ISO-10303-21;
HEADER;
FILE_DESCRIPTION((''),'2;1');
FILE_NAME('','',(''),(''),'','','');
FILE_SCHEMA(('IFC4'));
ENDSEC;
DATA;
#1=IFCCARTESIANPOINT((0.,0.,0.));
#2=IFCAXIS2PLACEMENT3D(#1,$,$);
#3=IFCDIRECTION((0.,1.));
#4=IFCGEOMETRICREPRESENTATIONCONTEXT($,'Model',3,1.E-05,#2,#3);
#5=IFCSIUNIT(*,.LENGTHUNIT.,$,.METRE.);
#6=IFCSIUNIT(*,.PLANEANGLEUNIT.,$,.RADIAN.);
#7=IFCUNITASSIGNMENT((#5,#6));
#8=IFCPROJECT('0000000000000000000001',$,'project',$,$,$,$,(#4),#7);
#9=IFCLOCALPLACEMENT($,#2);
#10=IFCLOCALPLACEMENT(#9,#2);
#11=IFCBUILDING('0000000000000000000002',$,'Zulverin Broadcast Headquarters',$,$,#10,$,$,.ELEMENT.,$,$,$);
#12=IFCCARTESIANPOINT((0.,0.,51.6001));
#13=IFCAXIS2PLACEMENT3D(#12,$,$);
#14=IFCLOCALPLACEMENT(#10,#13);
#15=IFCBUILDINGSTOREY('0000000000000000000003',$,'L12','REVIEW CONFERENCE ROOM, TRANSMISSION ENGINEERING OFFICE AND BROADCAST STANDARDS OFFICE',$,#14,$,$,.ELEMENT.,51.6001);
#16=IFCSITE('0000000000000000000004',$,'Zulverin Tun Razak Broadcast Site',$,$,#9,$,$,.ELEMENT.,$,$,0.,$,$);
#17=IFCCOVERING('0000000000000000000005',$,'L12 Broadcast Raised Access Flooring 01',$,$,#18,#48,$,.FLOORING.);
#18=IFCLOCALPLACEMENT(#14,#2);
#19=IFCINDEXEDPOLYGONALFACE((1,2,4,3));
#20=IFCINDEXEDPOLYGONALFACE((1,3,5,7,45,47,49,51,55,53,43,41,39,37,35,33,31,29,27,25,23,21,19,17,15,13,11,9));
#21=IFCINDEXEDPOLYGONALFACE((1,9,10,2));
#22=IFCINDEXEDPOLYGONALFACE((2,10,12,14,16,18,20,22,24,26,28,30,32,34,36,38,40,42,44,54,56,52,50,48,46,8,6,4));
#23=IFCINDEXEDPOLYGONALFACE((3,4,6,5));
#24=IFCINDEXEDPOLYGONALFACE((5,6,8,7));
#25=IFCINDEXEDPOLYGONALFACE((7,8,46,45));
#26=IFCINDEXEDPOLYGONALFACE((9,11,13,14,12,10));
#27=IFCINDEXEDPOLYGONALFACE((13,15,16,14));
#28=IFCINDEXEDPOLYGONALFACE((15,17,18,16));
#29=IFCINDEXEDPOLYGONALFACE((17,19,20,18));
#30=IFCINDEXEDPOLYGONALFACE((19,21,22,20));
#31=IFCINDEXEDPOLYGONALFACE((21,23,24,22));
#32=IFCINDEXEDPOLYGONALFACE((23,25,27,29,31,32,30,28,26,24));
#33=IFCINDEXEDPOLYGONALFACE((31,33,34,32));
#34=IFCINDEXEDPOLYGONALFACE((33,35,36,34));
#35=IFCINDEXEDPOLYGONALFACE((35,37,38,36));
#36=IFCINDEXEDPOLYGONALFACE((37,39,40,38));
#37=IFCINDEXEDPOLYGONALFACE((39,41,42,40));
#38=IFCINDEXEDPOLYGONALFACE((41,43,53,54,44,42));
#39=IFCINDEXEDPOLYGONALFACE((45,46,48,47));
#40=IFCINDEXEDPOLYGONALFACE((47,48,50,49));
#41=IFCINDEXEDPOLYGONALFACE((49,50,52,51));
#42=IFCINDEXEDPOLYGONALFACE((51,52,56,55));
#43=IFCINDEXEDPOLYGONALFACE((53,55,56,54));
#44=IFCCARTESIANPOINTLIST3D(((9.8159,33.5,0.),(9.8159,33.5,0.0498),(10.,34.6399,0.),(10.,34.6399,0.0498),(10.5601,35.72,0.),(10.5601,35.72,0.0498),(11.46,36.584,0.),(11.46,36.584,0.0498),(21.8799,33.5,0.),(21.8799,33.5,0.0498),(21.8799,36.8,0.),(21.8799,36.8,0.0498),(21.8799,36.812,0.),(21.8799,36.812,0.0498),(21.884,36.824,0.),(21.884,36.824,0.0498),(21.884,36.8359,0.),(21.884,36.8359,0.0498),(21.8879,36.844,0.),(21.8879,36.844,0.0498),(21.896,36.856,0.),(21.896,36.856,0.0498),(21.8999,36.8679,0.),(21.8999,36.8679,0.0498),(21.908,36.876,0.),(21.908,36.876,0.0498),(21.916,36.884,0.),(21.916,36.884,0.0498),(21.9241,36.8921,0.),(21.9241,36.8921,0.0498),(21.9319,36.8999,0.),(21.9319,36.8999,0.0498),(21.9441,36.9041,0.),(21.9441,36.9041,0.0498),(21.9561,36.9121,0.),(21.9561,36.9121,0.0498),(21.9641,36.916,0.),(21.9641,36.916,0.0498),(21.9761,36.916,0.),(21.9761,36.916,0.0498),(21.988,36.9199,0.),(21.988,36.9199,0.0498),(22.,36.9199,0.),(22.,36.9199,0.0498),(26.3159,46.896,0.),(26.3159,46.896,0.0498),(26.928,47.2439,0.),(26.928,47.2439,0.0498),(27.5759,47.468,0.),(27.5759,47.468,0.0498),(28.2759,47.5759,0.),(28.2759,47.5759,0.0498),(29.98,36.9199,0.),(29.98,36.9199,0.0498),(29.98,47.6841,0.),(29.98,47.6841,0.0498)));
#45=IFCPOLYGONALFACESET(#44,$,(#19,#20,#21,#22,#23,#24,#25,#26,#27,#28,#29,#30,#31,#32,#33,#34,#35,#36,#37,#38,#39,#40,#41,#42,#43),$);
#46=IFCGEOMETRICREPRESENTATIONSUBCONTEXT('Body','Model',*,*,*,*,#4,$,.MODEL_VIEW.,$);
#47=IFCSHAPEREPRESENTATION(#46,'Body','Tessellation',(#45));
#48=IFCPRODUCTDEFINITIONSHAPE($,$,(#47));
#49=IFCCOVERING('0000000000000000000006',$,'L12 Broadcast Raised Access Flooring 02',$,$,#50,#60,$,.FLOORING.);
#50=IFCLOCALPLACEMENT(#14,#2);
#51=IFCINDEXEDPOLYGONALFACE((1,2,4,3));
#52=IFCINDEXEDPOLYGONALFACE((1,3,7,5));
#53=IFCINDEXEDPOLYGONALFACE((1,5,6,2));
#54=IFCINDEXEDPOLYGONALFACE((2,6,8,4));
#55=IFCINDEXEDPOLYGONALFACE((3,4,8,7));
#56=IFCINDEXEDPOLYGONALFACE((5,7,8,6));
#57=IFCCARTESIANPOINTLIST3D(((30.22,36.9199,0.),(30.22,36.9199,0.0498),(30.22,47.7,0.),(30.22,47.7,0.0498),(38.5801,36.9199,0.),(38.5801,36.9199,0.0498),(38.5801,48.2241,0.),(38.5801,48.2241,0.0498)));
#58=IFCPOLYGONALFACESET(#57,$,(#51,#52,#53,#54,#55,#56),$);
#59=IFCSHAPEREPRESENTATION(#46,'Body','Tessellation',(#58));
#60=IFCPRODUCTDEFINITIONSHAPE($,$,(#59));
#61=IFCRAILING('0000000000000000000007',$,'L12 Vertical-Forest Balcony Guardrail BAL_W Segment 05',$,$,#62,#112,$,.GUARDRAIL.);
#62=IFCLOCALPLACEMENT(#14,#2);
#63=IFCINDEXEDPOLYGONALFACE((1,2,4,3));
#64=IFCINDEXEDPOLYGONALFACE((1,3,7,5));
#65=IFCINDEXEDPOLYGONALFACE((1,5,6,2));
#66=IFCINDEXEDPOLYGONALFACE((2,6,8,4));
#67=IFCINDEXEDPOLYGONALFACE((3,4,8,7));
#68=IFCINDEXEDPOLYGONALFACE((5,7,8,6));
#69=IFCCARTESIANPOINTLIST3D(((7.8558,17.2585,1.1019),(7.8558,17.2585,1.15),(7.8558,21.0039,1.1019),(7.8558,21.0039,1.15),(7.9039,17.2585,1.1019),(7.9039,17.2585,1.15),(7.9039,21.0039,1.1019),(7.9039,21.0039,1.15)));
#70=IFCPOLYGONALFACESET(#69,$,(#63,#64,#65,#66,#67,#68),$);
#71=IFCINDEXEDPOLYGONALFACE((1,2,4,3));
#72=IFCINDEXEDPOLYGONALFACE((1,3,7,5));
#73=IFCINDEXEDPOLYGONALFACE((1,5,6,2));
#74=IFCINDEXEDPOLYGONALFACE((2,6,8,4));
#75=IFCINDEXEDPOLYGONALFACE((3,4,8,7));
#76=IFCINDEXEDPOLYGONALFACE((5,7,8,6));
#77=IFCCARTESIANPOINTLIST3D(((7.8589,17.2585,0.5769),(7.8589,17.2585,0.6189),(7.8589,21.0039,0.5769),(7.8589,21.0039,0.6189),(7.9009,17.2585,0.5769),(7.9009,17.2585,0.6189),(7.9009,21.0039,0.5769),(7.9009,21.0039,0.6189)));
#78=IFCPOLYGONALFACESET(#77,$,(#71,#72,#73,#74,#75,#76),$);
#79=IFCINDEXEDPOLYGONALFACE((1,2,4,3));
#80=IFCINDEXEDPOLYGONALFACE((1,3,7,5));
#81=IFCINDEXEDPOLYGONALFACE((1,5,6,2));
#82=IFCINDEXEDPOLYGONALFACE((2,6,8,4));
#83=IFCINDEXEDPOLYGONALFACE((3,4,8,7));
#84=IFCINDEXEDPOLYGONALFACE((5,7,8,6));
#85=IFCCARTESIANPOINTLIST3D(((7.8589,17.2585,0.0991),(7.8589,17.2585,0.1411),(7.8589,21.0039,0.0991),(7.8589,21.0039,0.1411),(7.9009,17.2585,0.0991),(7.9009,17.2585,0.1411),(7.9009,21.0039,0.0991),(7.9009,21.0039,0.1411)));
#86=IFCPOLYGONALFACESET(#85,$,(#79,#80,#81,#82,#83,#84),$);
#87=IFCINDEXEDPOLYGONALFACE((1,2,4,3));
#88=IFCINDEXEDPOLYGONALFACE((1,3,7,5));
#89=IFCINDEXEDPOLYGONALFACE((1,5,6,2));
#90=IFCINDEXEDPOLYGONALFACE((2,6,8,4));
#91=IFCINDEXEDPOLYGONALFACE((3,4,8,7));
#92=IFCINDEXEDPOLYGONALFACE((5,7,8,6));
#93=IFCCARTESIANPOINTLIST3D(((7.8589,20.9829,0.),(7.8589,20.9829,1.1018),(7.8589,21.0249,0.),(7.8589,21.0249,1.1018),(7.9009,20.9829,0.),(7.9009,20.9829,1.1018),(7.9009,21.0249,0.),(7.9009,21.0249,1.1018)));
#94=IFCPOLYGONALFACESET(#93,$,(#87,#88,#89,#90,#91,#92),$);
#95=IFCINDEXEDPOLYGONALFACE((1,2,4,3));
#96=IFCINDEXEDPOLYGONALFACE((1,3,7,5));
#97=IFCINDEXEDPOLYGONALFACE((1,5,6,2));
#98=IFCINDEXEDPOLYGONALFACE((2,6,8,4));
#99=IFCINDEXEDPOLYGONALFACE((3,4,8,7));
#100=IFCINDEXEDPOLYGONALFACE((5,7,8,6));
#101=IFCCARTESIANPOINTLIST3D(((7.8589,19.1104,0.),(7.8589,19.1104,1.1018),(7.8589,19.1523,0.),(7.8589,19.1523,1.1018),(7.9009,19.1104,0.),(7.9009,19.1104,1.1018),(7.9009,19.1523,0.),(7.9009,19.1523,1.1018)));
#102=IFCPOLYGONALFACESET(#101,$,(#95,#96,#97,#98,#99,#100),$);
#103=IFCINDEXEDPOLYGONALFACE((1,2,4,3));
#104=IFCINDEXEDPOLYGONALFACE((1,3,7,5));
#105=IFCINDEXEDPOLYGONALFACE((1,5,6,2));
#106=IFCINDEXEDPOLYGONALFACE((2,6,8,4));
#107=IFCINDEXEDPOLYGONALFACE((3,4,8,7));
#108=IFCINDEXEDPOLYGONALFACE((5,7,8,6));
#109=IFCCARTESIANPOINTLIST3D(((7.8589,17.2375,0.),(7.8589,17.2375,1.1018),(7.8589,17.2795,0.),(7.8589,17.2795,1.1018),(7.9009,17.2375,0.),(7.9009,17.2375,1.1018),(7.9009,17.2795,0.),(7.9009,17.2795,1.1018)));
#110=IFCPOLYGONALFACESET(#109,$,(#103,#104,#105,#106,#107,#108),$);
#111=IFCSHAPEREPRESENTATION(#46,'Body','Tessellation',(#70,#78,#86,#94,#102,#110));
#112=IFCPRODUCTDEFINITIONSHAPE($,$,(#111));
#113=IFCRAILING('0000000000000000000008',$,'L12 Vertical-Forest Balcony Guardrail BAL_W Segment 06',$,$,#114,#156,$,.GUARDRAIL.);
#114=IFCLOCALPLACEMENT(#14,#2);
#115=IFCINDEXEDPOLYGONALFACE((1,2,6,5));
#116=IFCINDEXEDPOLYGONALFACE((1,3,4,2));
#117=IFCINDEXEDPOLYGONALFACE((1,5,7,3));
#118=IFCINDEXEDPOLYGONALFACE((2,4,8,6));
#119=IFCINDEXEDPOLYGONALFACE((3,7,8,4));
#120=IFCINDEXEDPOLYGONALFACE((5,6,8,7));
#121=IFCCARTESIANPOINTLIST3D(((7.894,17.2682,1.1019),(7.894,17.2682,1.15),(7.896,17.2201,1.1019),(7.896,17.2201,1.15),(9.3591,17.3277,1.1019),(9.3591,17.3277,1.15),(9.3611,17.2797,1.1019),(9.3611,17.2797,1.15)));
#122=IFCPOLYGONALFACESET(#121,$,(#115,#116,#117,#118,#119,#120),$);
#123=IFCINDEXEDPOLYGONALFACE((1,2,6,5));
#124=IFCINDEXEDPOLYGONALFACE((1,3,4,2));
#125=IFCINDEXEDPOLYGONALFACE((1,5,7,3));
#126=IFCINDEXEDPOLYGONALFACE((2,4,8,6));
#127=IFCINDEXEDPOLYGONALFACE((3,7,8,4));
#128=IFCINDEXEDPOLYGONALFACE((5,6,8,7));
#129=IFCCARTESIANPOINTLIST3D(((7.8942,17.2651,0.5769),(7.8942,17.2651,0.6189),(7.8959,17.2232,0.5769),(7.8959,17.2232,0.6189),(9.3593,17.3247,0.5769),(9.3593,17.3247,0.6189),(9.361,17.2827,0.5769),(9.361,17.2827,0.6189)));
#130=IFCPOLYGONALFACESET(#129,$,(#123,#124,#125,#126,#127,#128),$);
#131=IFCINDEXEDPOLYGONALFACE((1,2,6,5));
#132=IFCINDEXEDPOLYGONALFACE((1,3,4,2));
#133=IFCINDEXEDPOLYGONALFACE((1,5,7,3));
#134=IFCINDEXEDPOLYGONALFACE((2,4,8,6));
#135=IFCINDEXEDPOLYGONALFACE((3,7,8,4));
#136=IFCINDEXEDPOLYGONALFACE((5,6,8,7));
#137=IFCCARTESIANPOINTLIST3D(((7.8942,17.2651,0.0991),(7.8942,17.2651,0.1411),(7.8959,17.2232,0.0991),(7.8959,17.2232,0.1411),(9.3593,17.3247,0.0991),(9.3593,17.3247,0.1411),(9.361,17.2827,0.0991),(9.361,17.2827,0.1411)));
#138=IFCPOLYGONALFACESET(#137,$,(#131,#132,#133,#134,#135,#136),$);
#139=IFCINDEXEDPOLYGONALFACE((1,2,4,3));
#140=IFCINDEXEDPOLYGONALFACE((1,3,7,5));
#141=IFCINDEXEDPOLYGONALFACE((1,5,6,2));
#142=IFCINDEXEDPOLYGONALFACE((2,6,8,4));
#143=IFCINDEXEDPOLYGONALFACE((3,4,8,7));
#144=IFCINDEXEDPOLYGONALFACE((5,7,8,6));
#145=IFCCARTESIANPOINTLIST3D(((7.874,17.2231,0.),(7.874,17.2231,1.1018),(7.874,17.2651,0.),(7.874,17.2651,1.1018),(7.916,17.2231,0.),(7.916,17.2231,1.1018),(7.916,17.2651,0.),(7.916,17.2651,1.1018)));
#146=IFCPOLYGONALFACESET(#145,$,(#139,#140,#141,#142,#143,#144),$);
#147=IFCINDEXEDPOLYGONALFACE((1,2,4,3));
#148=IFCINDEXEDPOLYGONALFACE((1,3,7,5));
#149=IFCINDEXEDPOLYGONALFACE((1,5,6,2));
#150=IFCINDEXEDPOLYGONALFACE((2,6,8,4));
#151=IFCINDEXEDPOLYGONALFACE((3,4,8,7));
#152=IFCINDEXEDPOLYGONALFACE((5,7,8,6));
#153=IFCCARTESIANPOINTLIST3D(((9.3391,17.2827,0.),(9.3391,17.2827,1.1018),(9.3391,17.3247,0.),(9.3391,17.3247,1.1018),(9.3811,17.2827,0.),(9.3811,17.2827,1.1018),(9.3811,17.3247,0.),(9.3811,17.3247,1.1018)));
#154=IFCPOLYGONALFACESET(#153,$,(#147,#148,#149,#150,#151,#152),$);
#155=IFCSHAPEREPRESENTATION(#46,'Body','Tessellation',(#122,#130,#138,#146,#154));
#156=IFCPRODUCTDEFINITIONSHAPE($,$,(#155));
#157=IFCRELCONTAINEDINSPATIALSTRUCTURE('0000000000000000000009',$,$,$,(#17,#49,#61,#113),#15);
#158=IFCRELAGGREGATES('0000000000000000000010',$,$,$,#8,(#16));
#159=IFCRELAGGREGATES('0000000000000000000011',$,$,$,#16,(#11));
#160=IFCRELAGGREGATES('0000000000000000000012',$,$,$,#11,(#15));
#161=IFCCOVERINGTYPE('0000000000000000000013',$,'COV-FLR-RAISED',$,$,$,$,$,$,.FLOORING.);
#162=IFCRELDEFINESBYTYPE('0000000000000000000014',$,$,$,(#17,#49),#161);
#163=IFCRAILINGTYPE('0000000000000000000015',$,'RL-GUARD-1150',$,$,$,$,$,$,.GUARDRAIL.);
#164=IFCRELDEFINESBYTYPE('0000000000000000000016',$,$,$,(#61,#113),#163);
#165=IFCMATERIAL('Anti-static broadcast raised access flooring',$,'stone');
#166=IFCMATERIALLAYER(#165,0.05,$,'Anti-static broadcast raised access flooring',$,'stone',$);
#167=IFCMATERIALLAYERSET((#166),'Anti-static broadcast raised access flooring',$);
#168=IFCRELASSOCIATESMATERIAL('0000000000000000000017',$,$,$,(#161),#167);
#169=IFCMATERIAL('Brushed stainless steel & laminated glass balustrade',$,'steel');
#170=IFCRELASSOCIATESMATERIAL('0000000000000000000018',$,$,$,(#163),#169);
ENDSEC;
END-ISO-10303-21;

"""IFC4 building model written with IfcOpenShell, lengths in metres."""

from ifc_helpers import new_model, si_unit, direction, frame, origin, origin_2d, place, context, subcontext, project, spatial, polyline, rectangle, outline, extrude, material, layer, layer_set, type_object, element, save


model = new_model("IFC4")

# Units and contexts
model_context = context("Model", 3, precision=1e-05, world=origin(), true_north=direction((0.0, 1.0)))
body_context = subcontext(model_context, "Body", "Model", "MODEL_VIEW")
ifc_project = project(units=[si_unit("LENGTHUNIT", "METRE"), si_unit("PLANEANGLEUNIT", "RADIAN")], contexts=[model_context])

# Site, building, storey
site_placement = place(None, origin())
site = spatial("IfcSite", under=ifc_project, at=site_placement, Name="Zulverin Tun Razak Broadcast Site", CompositionType="ELEMENT", RefElevation=0.0)
building_placement = place(site_placement, origin())
building = spatial("IfcBuilding", under=site, at=building_placement, Name="Zulverin Broadcast Headquarters", CompositionType="ELEMENT")
storey_placement = place(building_placement, frame((0.0, 0.0, 51.6001)))
storey = spatial("IfcBuildingStorey", under=building, at=storey_placement, Name="L12", Description="REVIEW CONFERENCE ROOM, TRANSMISSION ENGINEERING OFFICE AND BROADCAST STANDARDS OFFICE", CompositionType="ELEMENT", Elevation=51.6001)

# Coverings
ifc_material_1 = material(Name="Anti-static broadcast raised access flooring", Category="stone")
ifc_layer_1 = layer(ifc_material_1, 0.05, Name="Anti-static broadcast raised access flooring", Category="stone")
ifc_layer_set_1 = layer_set([ifc_layer_1], Name="Anti-static broadcast raised access flooring")
covering_type_1 = type_object("IfcCoveringType", Name="COV-FLR-RAISED", PredefinedType="FLOORING", material=ifc_layer_set_1)
covering_1_placement = place(storey_placement, origin())
element("IfcCovering", 1, at=covering_1_placement, inside=storey, type_object=covering_type_1, Name="L12 Broadcast Raised Access Flooring 01", PredefinedType="FLOORING", context=body_context, shape_type="SweptSolid", body=[
    extrude(outline(polyline([(11.46, 36.584), (10.5601, 35.72), (10.0, 34.6399), (9.8159, 33.5), (21.8799, 33.5), (21.8799, 36.8), (21.8799, 36.812), (21.884, 36.824), (21.884, 36.8359), (21.8879, 36.844), (21.896, 36.856), (21.8999, 36.8679), (21.908, 36.876), (21.916, 36.884), (21.9241, 36.8921), (21.9319, 36.8999), (21.9441, 36.9041), (21.9561, 36.9121), (21.9641, 36.916), (21.9761, 36.916), (21.988, 36.9199), (22.0, 36.9199), (29.98, 36.9199), (29.98, 47.6841), (28.2759, 47.5759), (27.5759, 47.468), (26.928, 47.2439), (26.3159, 46.896), (11.46, 36.584)])), origin(), (0.0, 0.0, 1.0), 0.0498),
])
covering_2_placement = place(storey_placement, origin())
element("IfcCovering", 2, at=covering_2_placement, inside=storey, type_object=covering_type_1, Name="L12 Broadcast Raised Access Flooring 02", PredefinedType="FLOORING", context=body_context, shape_type="SweptSolid", body=[
    extrude(outline(polyline([(38.5801, 36.9199), (38.5801, 48.2241), (30.22, 47.7), (30.22, 36.9199), (38.5801, 36.9199)])), origin(), (0.0, 0.0, 1.0), 0.0498),
])

# Railings
ifc_material_2 = material(Name="Brushed stainless steel & laminated glass balustrade", Category="steel")
railing_type = type_object("IfcRailingType", Name="RL-GUARD-1150", PredefinedType="GUARDRAIL", material=ifc_material_2)
railing_1_placement = place(storey_placement, frame((7.8799, 21.0039, 0.0)))
element("IfcRailing", 3, at=railing_1_placement, inside=storey, type_object=railing_type, Name="L12 Vertical-Forest Balcony Guardrail BAL_W Segment 05", PredefinedType="GUARDRAIL", context=body_context, shape_type="SweptSolid", body=[
    extrude(rectangle(XDim=0.0481, YDim=0.0481, at=origin_2d()), frame((0.0, 0.0, 1.126), z_axis=(0.0, -1.0, 0.0), x_axis=(1.0, 0.0, 0.0)), (0.0, 0.0, 1.0), 3.7454),
    extrude(rectangle(XDim=0.042, YDim=0.042, at=origin_2d()), frame((0.0, 0.0, 0.5979), z_axis=(0.0, -1.0, 0.0), x_axis=(1.0, 0.0, 0.0)), (0.0, 0.0, 1.0), 3.7454),
    extrude(rectangle(XDim=0.042, YDim=0.042, at=origin_2d()), frame((0.0, 0.0, 0.1201), z_axis=(0.0, -1.0, 0.0), x_axis=(1.0, 0.0, 0.0)), (0.0, 0.0, 1.0), 3.7454),
    extrude(rectangle(XDim=0.042, YDim=0.042, at=origin_2d()), origin(), (0.0, 0.0, 1.0), 1.1018),
    extrude(rectangle(XDim=0.042, YDim=0.042, at=origin_2d()), frame((0.0, -1.8726, 0.0)), (0.0, 0.0, 1.0), 1.1018),
    extrude(rectangle(XDim=0.042, YDim=0.042, at=origin_2d()), frame((0.0, -3.7454, 0.0)), (0.0, 0.0, 1.0), 1.1018),
])
railing_2_placement = place(storey_placement, frame((7.895, 17.2441, 0.0)))
element("IfcRailing", 4, at=railing_2_placement, inside=storey, type_object=railing_type, Name="L12 Vertical-Forest Balcony Guardrail BAL_W Segment 06", PredefinedType="GUARDRAIL", context=body_context, shape_type="SweptSolid", body=[
    extrude(rectangle(XDim=0.0481, YDim=0.0481, at=origin_2d()), frame((0.0, 0.0, 1.126), z_axis=(0.999174, 0.040626, 0.0), x_axis=(-0.040626, 0.999174, 0.0)), (0.0, 0.0, 1.0), 1.4663),
    extrude(rectangle(XDim=0.042, YDim=0.042, at=origin_2d()), frame((0.0, 0.0, 0.5979), z_axis=(0.999174, 0.040626, 0.0), x_axis=(-0.040626, 0.999174, 0.0)), (0.0, 0.0, 1.0), 1.4663),
    extrude(rectangle(XDim=0.042, YDim=0.042, at=origin_2d()), frame((0.0, 0.0, 0.1201), z_axis=(0.999174, 0.040626, 0.0), x_axis=(-0.040626, 0.999174, 0.0)), (0.0, 0.0, 1.0), 1.4663),
    extrude(rectangle(XDim=0.042, YDim=0.042, at=origin_2d()), origin(), (0.0, 0.0, 1.0), 1.1018),
    extrude(rectangle(XDim=0.042, YDim=0.042, at=origin_2d()), frame((1.4651, 0.0596, 0.0)), (0.0, 0.0, 1.0), 1.1018),
])

save(model, "model.ifc")
